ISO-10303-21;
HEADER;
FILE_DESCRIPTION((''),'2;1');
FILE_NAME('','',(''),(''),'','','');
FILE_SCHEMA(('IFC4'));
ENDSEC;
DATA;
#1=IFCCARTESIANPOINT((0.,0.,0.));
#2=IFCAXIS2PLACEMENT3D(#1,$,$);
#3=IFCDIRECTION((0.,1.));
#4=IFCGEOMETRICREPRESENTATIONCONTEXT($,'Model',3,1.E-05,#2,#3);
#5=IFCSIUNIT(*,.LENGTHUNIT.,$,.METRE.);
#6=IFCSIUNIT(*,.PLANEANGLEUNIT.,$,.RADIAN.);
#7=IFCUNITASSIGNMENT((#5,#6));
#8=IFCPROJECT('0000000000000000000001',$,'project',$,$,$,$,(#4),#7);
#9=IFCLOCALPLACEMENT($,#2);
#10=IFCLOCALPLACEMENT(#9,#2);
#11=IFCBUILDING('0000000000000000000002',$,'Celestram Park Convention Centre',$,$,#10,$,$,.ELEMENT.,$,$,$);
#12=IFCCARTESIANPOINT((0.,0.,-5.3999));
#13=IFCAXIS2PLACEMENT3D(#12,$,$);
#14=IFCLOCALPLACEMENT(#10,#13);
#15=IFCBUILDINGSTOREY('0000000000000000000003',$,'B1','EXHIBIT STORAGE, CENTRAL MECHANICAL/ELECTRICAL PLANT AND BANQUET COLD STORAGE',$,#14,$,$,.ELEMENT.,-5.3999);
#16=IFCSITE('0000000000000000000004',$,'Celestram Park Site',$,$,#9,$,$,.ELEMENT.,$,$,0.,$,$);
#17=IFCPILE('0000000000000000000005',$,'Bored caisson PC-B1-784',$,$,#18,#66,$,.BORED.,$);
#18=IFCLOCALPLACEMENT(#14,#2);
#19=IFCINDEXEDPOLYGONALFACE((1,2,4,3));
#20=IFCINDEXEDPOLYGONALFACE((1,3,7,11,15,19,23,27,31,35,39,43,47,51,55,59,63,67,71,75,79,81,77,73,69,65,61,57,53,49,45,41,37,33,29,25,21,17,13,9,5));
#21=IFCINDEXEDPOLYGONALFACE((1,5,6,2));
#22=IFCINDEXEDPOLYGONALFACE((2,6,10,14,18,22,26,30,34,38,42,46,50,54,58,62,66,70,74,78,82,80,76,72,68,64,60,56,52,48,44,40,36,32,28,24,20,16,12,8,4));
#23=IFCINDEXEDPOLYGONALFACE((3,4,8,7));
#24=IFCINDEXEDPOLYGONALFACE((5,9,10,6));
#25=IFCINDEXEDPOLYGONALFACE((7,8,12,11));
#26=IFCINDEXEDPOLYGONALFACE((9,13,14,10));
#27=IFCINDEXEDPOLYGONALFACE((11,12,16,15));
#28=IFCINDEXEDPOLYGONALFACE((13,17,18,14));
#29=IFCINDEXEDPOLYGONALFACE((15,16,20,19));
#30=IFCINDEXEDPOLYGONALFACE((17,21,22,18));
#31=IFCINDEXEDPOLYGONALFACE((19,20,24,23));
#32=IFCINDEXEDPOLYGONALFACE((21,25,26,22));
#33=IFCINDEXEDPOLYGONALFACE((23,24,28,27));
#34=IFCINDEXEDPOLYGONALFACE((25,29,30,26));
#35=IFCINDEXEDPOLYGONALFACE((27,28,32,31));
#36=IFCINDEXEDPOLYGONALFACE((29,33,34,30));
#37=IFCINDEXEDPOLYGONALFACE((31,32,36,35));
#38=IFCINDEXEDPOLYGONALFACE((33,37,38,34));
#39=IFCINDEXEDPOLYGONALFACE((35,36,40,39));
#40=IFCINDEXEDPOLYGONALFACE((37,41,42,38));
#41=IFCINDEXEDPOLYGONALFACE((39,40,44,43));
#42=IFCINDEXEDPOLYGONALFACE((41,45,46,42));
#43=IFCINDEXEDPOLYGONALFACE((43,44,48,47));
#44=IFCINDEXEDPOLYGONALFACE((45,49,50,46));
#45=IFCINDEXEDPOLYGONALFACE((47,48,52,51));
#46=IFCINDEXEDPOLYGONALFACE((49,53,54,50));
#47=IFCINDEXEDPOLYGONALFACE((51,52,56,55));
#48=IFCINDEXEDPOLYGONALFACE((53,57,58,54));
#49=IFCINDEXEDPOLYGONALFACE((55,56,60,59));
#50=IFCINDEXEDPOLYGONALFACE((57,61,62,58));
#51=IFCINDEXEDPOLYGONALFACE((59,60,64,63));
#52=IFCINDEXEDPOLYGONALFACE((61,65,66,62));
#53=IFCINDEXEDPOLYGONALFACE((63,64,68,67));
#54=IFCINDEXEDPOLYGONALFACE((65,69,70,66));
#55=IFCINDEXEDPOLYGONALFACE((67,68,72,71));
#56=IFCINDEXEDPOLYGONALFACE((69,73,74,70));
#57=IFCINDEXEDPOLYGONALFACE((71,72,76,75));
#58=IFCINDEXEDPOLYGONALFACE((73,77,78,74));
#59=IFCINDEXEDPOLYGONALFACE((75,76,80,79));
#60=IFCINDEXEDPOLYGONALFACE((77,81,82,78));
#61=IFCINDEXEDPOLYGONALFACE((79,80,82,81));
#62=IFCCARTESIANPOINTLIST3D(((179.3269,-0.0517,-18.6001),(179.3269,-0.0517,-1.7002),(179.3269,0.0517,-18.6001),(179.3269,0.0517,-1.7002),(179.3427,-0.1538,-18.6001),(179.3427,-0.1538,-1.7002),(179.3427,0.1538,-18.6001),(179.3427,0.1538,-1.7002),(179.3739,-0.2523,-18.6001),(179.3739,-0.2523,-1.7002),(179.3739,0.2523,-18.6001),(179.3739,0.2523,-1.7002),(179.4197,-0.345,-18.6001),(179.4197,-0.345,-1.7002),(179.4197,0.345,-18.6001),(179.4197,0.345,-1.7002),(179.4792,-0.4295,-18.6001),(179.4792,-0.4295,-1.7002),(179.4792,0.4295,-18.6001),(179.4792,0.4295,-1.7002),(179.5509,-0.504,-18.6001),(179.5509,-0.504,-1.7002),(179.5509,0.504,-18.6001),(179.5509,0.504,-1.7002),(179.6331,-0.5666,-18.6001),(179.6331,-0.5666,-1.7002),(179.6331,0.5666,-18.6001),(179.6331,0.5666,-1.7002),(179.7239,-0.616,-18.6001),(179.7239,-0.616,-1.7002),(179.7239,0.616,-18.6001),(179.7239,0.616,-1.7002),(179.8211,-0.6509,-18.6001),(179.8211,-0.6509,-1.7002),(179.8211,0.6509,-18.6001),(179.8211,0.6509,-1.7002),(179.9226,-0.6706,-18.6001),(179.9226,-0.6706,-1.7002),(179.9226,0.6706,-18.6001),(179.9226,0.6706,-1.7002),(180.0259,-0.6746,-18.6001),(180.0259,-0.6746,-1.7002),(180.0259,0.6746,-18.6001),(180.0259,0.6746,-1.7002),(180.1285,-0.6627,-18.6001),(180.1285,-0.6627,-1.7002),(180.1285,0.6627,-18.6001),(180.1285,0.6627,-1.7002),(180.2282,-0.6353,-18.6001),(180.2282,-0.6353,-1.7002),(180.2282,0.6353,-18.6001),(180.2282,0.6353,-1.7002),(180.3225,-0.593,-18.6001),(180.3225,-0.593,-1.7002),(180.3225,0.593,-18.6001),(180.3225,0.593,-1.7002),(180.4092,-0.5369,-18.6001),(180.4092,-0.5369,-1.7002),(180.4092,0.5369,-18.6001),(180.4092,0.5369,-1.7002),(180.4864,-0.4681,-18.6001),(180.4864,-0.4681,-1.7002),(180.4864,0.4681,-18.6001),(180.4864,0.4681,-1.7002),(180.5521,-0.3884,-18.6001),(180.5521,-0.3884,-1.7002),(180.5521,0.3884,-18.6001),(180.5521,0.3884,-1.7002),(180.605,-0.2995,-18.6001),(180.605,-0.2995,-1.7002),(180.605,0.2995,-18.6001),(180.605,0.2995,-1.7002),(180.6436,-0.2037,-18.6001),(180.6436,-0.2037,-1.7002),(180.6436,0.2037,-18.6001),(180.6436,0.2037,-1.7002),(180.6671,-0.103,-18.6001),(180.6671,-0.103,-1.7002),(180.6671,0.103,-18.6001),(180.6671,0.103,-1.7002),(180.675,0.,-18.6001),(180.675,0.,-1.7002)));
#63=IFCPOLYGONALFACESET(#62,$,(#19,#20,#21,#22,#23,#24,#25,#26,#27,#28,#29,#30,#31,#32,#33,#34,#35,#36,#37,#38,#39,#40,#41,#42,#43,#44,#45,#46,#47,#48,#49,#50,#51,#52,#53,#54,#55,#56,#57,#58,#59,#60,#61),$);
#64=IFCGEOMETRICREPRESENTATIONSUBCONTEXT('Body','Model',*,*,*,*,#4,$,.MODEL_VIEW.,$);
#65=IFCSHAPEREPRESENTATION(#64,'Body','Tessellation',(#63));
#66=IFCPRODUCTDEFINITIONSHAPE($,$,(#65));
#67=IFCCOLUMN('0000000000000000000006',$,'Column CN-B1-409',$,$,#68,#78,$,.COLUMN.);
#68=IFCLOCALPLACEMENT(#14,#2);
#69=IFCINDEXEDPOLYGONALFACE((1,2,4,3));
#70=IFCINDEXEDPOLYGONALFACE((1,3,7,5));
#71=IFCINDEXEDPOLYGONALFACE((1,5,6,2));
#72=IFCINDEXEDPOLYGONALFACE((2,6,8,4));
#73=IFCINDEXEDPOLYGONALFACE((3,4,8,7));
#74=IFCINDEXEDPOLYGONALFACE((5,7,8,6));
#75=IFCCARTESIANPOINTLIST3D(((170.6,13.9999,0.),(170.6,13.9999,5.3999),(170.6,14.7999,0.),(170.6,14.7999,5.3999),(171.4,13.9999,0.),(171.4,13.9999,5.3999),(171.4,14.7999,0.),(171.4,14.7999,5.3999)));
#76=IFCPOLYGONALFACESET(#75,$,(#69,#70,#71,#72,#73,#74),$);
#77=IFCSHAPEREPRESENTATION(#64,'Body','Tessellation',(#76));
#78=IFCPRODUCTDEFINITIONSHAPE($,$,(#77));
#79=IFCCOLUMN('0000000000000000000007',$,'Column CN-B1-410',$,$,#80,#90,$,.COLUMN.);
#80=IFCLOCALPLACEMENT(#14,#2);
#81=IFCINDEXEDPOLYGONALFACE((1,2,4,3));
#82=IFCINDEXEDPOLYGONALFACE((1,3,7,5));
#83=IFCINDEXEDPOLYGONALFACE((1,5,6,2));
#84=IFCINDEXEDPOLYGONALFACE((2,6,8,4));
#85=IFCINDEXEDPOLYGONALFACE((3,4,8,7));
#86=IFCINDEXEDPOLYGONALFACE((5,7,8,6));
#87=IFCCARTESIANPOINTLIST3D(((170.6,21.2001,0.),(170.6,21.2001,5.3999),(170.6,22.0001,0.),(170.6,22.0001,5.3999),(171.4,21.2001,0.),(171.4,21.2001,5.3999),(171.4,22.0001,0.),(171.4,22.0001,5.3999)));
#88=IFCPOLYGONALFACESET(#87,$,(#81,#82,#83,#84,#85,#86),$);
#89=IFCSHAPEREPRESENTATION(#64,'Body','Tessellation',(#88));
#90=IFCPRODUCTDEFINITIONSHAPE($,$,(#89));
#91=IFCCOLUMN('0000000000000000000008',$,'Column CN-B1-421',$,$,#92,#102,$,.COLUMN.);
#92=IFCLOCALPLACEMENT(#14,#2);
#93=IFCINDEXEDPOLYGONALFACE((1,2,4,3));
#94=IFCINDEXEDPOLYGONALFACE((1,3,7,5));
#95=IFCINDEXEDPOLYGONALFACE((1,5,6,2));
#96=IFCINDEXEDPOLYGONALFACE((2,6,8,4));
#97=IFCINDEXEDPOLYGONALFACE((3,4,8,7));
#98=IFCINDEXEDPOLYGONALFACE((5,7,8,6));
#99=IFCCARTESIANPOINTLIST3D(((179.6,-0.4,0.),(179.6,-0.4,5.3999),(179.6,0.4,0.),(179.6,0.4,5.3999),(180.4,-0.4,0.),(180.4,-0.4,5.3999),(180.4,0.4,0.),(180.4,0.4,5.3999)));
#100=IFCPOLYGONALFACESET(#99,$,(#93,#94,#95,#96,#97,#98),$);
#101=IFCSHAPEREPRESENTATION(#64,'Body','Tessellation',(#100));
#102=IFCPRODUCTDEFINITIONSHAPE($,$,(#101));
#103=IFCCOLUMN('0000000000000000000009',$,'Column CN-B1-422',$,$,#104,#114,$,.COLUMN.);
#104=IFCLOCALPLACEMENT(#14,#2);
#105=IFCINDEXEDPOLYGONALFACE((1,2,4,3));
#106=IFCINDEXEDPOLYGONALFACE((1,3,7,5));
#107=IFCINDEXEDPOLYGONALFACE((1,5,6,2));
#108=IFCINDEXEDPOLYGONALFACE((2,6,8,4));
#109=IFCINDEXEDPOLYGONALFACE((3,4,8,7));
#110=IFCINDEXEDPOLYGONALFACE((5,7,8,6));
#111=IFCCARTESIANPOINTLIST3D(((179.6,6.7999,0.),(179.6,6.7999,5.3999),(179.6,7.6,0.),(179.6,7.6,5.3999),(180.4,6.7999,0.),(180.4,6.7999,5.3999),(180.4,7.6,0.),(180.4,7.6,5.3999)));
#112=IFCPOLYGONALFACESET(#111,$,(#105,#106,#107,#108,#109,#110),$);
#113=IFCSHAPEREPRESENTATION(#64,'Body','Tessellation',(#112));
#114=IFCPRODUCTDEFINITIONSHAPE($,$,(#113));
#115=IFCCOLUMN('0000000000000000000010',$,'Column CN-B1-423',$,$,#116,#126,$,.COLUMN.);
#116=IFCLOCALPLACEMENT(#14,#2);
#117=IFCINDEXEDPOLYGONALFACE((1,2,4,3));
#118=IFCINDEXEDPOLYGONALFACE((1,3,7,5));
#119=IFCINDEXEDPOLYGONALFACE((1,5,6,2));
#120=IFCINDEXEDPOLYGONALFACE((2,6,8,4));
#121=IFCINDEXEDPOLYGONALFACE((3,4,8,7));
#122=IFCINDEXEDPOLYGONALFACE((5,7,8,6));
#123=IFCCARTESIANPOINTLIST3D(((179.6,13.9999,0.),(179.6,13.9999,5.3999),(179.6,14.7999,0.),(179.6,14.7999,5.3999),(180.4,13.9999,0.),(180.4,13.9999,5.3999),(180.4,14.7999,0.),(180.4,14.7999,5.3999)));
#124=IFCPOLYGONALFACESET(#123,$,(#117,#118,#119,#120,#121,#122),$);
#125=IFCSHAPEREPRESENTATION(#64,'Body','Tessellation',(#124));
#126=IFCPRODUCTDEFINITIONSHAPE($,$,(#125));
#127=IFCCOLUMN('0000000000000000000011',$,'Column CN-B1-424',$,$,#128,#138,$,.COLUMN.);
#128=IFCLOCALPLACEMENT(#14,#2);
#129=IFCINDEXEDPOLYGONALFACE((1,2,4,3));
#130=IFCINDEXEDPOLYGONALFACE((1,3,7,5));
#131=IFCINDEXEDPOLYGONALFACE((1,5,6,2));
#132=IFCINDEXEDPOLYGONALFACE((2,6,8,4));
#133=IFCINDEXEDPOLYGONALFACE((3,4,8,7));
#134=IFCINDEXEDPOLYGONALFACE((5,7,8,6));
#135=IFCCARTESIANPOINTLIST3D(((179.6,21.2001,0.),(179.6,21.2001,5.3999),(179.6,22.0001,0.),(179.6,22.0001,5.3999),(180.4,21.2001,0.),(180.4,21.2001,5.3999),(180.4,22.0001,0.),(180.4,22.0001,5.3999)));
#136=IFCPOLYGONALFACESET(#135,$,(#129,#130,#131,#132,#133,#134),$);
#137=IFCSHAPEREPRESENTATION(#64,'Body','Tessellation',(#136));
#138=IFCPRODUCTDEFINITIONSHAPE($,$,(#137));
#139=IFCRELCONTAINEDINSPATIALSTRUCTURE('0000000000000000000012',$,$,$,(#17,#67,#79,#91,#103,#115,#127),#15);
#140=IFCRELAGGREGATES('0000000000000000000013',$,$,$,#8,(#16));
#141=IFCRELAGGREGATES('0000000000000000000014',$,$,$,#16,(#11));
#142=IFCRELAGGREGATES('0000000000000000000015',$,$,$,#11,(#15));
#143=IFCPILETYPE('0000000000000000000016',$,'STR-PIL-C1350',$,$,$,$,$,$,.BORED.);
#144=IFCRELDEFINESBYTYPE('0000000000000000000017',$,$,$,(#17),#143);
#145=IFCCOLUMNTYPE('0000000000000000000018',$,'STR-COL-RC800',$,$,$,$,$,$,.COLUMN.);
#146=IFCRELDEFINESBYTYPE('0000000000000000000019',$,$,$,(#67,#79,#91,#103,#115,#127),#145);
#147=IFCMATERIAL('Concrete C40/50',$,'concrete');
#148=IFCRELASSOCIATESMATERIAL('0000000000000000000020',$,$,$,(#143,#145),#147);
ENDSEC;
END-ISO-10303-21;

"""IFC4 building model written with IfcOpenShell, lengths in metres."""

from ifc_helpers import new_model, si_unit, direction, frame, origin, origin_2d, place, context, subcontext, project, spatial, rectangle, circle, extrude, material, material_profile, profile_set, type_object, element, save


model = new_model("IFC4")

# Units and contexts
model_context = context("Model", 3, precision=1e-05, world=origin(), true_north=direction((0.0, 1.0)))
body_context = subcontext(model_context, "Body", "Model", "MODEL_VIEW")
ifc_project = project(units=[si_unit("LENGTHUNIT", "METRE"), si_unit("PLANEANGLEUNIT", "RADIAN")], contexts=[model_context])

# Site, building, storey
site_placement = place(None, origin())
site = spatial("IfcSite", under=ifc_project, at=site_placement, Name="Celestram Park Site", CompositionType="ELEMENT", RefElevation=0.0)
building_placement = place(site_placement, origin())
building = spatial("IfcBuilding", under=site, at=building_placement, Name="Celestram Park Convention Centre", CompositionType="ELEMENT")
storey_placement = place(building_placement, frame((0.0, 0.0, -5.3999)))
storey = spatial("IfcBuildingStorey", under=building, at=storey_placement, Name="B1", Description="EXHIBIT STORAGE, CENTRAL MECHANICAL/ELECTRICAL PLANT AND BANQUET COLD STORAGE", CompositionType="ELEMENT", Elevation=-5.3999)

# Shared definitions
ifc_material_1 = material(Name="Concrete C40/50", Category="concrete")

# Pile
ifc_material_profile_1 = material_profile(ifc_material_1, circle(Radius=0.675, at=origin_2d()), Name="CAISSON1350")
ifc_profile_set_1 = profile_set([ifc_material_profile_1], Name="Concrete C40/50")
pile_type_1 = type_object("IfcPileType", Name="STR-PIL-C1350", PredefinedType="BORED", material=ifc_profile_set_1)
pile_1_placement = place(storey_placement, frame((180.0, 0.0, -1.7002), z_axis=(0.0, 0.0, -1.0), x_axis=(1.0, 0.0, 0.0)))
element("IfcPile", 1, at=pile_1_placement, inside=storey, type_object=pile_type_1, Name="Bored caisson PC-B1-784", PredefinedType="BORED", context=body_context, shape_type="SweptSolid", body=[
    extrude(circle(Radius=0.675, at=origin_2d()), origin(), (0.0, 0.0, 1.0), 16.8999),
])

# Columns
ifc_material_profile_2 = material_profile(ifc_material_1, rectangle(XDim=0.8, YDim=0.8, at=origin_2d()), Name="RC800X800")
ifc_profile_set_2 = profile_set([ifc_material_profile_2], Name="Concrete C40/50")
column_type = type_object("IfcColumnType", Name="STR-COL-RC800", PredefinedType="COLUMN", material=ifc_profile_set_2)
for number, where, z_axis, x_axis, name in (
    (2, (171.0, 14.3999, 0.0), (0.0, 0.0, 1.0), (1.0, 0.0, 0.0), "Column CN-B1-409"),
    (3, (171.0, 21.6001, 0.0), (0.0, 0.0, 1.0), (1.0, 0.0, 0.0), "Column CN-B1-410"),
    (4, (180.0, 0.0, 0.0), (0.0, 0.0, 1.0), (1.0, 0.0, 0.0), "Column CN-B1-421"),
    (5, (180.0, 7.2, 0.0), (0.0, 0.0, 1.0), (1.0, 0.0, 0.0), "Column CN-B1-422"),
    (6, (180.0, 14.3999, 0.0), (0.0, 0.0, 1.0), (1.0, 0.0, 0.0), "Column CN-B1-423"),
    (7, (180.0, 21.6001, 0.0), (0.0, 0.0, 1.0), (1.0, 0.0, 0.0), "Column CN-B1-424"),
):
    element("IfcColumn", number, at=place(storey_placement, frame(where, z_axis=z_axis, x_axis=x_axis)), inside=storey, type_object=column_type, Name=name, PredefinedType="COLUMN", context=body_context, shape_type="SweptSolid", body=[
        extrude(rectangle(XDim=0.8, YDim=0.8, at=origin_2d()), origin(), (0.0, 0.0, 1.0), 5.3999),
    ])

save(model, "model.ifc")
